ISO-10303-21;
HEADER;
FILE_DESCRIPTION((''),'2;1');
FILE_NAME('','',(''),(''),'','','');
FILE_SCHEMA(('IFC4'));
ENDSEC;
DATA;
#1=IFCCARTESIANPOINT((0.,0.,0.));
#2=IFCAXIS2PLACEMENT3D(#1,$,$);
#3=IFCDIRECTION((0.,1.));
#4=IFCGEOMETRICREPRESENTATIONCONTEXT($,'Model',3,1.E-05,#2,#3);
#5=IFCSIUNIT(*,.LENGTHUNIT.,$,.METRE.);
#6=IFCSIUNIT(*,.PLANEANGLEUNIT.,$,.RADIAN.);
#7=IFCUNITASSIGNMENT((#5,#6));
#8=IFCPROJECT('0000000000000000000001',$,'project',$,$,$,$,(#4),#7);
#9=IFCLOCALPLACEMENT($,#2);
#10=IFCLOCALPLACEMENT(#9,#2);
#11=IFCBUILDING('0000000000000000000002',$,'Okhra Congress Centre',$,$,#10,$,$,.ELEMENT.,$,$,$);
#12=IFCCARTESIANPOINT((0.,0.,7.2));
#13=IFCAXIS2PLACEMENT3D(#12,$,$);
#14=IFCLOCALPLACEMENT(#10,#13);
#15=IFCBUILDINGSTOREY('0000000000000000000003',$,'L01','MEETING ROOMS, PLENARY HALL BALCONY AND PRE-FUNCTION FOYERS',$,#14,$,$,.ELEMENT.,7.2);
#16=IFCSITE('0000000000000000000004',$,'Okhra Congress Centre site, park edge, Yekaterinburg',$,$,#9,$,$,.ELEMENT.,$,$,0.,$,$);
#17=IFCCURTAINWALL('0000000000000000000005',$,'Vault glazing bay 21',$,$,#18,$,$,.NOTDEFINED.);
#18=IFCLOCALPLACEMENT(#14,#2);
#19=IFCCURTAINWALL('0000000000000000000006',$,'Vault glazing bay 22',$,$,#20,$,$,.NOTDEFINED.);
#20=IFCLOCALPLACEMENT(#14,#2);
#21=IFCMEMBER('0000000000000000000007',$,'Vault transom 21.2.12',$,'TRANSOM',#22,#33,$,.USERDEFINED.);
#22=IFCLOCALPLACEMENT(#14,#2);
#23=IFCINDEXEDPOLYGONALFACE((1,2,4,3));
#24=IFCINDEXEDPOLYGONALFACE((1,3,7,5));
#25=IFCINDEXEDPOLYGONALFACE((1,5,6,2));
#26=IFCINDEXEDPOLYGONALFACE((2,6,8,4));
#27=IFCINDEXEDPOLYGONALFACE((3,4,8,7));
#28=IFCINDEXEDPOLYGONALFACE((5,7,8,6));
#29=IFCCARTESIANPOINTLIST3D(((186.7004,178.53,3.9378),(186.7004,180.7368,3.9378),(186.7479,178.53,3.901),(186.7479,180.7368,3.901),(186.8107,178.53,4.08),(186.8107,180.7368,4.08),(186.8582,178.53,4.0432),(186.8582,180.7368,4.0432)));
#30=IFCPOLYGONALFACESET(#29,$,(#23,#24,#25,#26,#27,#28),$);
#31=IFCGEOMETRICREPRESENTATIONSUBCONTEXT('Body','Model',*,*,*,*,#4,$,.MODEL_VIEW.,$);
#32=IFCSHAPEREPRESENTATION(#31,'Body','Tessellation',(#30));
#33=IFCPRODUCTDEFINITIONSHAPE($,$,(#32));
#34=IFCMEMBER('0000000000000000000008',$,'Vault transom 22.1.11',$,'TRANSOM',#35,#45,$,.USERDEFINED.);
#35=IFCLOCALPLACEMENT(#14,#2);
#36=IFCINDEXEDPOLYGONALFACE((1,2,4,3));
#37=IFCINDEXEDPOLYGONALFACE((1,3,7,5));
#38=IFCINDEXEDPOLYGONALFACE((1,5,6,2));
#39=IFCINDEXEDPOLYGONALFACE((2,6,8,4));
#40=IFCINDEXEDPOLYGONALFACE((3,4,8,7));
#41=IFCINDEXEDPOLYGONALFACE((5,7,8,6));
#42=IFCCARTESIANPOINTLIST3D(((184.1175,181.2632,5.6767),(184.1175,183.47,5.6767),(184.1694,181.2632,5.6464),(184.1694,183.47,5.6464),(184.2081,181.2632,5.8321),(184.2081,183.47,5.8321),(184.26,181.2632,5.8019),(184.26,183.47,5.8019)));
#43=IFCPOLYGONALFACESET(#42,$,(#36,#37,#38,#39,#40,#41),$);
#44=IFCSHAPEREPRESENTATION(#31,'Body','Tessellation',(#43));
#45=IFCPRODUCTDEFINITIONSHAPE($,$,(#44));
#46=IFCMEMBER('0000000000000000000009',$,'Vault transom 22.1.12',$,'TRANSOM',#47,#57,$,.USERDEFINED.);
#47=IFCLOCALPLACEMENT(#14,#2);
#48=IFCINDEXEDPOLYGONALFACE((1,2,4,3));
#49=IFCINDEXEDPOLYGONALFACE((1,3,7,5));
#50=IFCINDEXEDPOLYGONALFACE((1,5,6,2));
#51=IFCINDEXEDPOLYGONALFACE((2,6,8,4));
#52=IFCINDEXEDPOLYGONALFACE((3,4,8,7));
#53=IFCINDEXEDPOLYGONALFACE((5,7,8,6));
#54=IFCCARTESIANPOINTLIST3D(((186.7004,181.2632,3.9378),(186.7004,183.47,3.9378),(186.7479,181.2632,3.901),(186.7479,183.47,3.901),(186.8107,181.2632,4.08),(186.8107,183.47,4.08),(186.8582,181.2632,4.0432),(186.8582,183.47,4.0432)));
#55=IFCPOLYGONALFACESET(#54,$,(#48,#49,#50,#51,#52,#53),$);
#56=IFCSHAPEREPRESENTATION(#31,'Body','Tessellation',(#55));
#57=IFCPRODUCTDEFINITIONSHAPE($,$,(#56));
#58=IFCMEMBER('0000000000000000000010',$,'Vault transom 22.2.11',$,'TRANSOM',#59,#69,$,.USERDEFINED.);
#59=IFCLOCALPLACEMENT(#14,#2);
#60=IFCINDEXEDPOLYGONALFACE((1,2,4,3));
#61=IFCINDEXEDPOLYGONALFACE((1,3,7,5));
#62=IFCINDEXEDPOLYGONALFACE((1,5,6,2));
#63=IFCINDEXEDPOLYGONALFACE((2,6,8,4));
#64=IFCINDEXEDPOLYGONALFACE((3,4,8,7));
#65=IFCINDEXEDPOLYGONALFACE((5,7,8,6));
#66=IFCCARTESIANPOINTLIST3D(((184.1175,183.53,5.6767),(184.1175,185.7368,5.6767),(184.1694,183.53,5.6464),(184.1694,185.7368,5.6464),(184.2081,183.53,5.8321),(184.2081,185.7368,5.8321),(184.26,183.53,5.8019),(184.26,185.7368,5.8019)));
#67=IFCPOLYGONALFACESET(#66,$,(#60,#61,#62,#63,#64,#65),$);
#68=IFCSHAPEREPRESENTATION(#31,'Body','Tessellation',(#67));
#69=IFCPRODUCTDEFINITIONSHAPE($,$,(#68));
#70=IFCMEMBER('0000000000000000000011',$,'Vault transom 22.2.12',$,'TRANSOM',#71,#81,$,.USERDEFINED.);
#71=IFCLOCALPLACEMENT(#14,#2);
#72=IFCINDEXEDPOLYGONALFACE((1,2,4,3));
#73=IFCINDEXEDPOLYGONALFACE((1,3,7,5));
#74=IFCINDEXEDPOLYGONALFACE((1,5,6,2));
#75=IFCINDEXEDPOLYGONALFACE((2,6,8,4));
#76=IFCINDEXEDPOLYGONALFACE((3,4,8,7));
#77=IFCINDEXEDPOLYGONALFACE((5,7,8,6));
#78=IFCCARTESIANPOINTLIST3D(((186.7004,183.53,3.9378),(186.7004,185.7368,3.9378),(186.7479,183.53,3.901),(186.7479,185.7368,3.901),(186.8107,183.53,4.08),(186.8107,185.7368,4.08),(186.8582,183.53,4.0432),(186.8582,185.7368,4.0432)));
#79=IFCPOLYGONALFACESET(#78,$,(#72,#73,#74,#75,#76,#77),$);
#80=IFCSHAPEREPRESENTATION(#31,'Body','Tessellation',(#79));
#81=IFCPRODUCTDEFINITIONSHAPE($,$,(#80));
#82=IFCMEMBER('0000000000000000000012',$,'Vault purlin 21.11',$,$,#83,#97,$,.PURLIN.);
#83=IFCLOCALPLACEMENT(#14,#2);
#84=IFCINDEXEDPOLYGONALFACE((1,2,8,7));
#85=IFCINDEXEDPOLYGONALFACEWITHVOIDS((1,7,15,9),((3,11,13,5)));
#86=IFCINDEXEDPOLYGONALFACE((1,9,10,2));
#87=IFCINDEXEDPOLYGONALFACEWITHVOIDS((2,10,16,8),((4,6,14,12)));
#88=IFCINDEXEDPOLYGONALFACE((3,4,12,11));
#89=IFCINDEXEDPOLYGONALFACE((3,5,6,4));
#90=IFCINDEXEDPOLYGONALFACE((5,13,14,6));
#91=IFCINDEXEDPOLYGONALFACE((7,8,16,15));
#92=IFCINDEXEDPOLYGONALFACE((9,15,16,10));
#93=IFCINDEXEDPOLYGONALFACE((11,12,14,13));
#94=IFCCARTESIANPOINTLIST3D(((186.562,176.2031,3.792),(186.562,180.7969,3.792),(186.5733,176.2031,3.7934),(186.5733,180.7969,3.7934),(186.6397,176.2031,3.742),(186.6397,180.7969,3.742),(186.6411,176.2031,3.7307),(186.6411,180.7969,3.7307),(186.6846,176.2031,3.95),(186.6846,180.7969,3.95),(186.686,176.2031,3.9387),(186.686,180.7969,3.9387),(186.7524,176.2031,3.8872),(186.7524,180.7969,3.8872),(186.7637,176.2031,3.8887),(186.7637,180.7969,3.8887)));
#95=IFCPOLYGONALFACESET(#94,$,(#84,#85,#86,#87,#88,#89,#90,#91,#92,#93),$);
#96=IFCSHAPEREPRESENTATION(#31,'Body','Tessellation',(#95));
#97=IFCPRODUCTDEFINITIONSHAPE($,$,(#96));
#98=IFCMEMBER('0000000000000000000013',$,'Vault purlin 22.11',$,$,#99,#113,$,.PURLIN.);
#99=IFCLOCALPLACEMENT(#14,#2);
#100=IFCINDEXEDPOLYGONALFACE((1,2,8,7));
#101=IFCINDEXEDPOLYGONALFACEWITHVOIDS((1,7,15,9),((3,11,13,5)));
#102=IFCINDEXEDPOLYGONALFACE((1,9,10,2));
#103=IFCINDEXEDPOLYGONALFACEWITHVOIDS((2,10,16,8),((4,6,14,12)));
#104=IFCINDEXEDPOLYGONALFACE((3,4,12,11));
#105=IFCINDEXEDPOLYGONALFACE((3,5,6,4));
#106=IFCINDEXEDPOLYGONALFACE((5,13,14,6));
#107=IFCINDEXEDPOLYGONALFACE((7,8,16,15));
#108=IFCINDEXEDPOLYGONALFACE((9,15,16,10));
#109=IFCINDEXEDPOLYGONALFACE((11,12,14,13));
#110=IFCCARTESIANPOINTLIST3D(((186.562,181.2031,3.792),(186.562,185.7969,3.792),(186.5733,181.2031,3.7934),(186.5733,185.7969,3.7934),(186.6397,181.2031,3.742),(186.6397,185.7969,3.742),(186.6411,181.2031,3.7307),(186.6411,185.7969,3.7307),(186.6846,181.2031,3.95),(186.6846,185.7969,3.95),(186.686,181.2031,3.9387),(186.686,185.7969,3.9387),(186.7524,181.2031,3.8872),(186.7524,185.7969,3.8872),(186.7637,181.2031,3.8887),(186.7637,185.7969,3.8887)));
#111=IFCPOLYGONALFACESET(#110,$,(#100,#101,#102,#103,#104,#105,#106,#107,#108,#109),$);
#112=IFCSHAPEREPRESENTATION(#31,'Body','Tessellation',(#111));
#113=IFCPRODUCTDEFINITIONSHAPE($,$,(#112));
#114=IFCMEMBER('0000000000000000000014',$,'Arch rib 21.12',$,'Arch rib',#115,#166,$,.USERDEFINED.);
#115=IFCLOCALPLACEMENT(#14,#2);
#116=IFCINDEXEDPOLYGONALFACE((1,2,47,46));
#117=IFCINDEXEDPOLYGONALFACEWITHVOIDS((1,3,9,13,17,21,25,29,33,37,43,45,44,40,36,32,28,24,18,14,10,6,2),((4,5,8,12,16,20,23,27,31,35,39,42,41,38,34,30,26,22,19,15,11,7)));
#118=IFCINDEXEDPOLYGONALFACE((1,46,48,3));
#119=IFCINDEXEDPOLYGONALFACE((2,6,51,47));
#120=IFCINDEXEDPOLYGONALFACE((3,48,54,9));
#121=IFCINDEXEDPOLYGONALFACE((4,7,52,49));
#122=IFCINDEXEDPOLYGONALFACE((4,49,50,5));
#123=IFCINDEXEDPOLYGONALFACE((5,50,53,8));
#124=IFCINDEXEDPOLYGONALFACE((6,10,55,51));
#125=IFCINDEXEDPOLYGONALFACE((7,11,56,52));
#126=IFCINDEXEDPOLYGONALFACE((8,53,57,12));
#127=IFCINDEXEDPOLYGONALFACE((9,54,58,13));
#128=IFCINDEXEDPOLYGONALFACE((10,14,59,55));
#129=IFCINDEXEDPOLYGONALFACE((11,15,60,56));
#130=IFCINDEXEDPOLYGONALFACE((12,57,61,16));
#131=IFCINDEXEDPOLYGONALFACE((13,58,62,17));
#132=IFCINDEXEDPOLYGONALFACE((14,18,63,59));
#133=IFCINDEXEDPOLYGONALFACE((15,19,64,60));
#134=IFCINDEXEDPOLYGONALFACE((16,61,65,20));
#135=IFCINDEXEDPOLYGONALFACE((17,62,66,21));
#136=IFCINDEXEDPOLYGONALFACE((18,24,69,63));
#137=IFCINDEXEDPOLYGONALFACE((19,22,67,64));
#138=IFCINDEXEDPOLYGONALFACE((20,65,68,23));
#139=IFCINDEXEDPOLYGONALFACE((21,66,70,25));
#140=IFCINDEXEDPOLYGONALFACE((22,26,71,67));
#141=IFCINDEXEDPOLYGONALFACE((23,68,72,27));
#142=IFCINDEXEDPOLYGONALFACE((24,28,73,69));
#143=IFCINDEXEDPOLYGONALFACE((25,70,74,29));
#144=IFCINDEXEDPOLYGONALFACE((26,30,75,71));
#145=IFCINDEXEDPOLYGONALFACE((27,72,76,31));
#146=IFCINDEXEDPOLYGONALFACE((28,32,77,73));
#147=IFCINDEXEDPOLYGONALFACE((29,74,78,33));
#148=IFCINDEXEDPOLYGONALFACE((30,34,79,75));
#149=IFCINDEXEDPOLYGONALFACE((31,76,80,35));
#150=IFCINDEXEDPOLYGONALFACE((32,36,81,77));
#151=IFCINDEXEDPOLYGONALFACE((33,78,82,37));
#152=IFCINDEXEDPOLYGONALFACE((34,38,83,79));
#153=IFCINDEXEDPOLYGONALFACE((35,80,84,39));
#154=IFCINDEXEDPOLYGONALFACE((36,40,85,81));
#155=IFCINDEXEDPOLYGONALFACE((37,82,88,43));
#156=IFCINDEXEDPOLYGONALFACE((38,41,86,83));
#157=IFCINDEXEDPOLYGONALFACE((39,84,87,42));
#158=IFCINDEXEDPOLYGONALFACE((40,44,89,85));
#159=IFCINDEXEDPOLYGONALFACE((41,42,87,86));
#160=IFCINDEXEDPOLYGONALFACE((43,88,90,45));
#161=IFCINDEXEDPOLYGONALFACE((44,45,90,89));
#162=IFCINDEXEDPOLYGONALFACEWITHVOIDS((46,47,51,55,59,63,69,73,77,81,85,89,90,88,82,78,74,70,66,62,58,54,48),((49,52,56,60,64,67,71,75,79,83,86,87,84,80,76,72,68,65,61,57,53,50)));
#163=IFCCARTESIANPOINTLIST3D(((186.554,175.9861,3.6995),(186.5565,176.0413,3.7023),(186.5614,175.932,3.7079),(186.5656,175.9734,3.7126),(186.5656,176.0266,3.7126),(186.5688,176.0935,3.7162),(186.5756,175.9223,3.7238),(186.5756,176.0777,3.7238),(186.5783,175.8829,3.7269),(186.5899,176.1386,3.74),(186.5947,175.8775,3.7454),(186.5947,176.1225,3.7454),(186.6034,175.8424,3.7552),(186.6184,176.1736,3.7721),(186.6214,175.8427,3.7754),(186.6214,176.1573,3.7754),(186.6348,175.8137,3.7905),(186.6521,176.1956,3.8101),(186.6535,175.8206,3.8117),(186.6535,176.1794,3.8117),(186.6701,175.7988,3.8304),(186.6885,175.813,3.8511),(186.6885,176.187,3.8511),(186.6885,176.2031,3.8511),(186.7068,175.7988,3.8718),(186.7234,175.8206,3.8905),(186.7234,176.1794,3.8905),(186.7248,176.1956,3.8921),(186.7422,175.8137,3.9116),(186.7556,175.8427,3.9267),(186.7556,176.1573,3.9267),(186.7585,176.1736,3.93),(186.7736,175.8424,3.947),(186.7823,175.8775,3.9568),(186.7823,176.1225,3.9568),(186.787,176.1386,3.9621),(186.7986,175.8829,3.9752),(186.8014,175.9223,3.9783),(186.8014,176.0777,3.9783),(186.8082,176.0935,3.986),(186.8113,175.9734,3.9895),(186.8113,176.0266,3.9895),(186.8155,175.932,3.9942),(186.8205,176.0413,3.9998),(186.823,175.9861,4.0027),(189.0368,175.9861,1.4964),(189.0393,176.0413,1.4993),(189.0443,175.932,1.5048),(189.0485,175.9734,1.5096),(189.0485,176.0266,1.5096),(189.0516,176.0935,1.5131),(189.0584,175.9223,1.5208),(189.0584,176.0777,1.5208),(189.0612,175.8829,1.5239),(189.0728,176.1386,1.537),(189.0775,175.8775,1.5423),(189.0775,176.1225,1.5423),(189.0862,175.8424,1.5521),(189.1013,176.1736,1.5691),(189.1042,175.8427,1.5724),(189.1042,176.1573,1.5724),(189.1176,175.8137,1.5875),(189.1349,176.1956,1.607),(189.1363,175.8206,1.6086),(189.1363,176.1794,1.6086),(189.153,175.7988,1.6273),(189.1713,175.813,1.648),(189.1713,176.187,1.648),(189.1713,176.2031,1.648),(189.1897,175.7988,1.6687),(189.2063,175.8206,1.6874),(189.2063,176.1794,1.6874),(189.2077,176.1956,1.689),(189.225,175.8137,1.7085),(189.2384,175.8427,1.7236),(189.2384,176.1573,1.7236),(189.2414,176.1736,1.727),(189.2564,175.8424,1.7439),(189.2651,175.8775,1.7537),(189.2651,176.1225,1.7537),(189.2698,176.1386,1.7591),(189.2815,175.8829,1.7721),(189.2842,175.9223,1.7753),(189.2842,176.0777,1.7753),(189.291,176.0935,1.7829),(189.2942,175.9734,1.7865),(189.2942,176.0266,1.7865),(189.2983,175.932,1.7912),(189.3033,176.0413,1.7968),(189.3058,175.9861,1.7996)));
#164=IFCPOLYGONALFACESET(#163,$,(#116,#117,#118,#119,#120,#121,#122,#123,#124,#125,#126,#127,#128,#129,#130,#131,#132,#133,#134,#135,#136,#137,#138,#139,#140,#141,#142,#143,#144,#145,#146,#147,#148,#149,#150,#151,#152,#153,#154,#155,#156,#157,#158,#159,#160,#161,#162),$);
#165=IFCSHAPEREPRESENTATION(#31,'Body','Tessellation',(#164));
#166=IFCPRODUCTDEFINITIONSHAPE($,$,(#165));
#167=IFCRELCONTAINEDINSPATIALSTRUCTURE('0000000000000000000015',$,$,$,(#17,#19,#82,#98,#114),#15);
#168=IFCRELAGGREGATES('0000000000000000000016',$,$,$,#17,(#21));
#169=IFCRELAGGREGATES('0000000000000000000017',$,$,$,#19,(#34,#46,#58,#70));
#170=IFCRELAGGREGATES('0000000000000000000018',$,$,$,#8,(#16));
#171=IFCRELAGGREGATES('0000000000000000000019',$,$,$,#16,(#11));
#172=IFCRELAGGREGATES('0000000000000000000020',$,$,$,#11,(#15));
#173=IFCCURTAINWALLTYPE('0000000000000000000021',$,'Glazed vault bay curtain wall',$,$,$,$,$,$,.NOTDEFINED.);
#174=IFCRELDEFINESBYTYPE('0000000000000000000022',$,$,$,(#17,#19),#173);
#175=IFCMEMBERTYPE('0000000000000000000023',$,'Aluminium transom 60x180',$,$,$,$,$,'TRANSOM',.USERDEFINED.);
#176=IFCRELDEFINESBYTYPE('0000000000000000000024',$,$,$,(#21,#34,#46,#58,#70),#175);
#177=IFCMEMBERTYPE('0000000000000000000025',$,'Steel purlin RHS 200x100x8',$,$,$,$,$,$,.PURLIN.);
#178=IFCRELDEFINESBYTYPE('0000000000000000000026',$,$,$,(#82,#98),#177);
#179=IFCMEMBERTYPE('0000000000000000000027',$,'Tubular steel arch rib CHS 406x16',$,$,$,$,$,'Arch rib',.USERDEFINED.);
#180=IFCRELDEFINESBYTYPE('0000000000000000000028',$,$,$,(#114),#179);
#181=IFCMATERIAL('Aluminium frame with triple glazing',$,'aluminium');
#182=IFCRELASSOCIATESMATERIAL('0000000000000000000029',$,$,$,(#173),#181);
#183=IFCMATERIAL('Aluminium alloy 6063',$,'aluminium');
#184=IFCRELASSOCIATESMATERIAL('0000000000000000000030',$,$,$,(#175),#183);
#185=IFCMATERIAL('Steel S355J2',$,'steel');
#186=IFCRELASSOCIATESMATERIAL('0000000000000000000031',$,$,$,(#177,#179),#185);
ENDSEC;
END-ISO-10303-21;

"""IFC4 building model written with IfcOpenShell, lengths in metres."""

from ifc_helpers import new_model, si_unit, direction, frame, origin, origin_2d, place, context, subcontext, project, spatial, rectangle, hollow_rectangle, hollow_circle, extrude, material, material_profile, profile_set, type_object, element, aggregate, save


model = new_model("IFC4")

# Units and contexts
model_context = context("Model", 3, precision=1e-05, world=origin(), true_north=direction((0.0, 1.0)))
body_context = subcontext(model_context, "Body", "Model", "MODEL_VIEW")
ifc_project = project(units=[si_unit("LENGTHUNIT", "METRE"), si_unit("PLANEANGLEUNIT", "RADIAN")], contexts=[model_context])

# Site, building, storey
site_placement = place(None, origin())
site = spatial("IfcSite", under=ifc_project, at=site_placement, Name="Okhra Congress Centre site, park edge, Yekaterinburg", CompositionType="ELEMENT", RefElevation=0.0)
building_placement = place(site_placement, origin())
building = spatial("IfcBuilding", under=site, at=building_placement, Name="Okhra Congress Centre", CompositionType="ELEMENT")
storey_placement = place(building_placement, frame((0.0, 0.0, 7.2)))
storey = spatial("IfcBuildingStorey", under=building, at=storey_placement, Name="L01", Description="MEETING ROOMS, PLENARY HALL BALCONY AND PRE-FUNCTION FOYERS", CompositionType="ELEMENT", Elevation=7.2)

# Shared definitions
ifc_material_1 = material(Name="Aluminium frame with triple glazing", Category="aluminium")
curtain_wall_type = type_object("IfcCurtainWallType", Name="Glazed vault bay curtain wall", PredefinedType="NOTDEFINED", material=ifc_material_1)
ifc_material_2 = material(Name="Aluminium alloy 6063", Category="aluminium")

# Curtain walls
curtain_wall_1_placement = place(storey_placement, origin())
curtain_wall_1 = element("IfcCurtainWall", 1, at=curtain_wall_1_placement, inside=storey, type_object=curtain_wall_type, Name="Vault glazing bay 21", PredefinedType="NOTDEFINED")
curtain_wall_2_placement = place(storey_placement, origin())
curtain_wall_2 = element("IfcCurtainWall", 2, at=curtain_wall_2_placement, inside=storey, type_object=curtain_wall_type, Name="Vault glazing bay 22", PredefinedType="NOTDEFINED")

# Members
ifc_material_profile_1 = material_profile(ifc_material_2, rectangle(XDim=0.0601, YDim=0.1799, at=origin_2d()), Name="AL 60x180 transom")
ifc_profile_set_1 = profile_set([ifc_material_profile_1], Name="Aluminium alloy 6063")
member_type_1 = type_object("IfcMemberType", Name="Aluminium transom 60x180", ElementType="TRANSOM", PredefinedType="USERDEFINED", material=ifc_profile_set_1)
member_1_placement = place(storey_placement, frame((186.7793, 178.53, 3.9905), z_axis=(0.0, 1.0, 0.0), x_axis=(-0.790145, 0.0, 0.61292)))
member_1 = element("IfcMember", 3, at=member_1_placement, type_object=member_type_1, Name="Vault transom 21.2.12", ObjectType="TRANSOM", PredefinedType="USERDEFINED", context=body_context, shape_type="SweptSolid", body=[
    extrude(rectangle(XDim=0.0601, YDim=0.1799, at=origin_2d()), origin(), (0.0, 0.0, 1.0), 2.2068),
])
member_2_placement = place(storey_placement, frame((184.1887, 181.2632, 5.7393), z_axis=(0.0, 1.0, 0.0), x_axis=(-0.863917, 0.0, 0.503634)))
member_2 = element("IfcMember", 4, at=member_2_placement, type_object=member_type_1, Name="Vault transom 22.1.11", ObjectType="TRANSOM", PredefinedType="USERDEFINED", context=body_context, shape_type="SweptSolid", body=[
    extrude(rectangle(XDim=0.0601, YDim=0.1799, at=origin_2d()), origin(), (0.0, 0.0, 1.0), 2.2068),
])
member_3_placement = place(storey_placement, frame((186.7793, 181.2632, 3.9905), z_axis=(0.0, 1.0, 0.0), x_axis=(-0.790145, 0.0, 0.61292)))
member_3 = element("IfcMember", 5, at=member_3_placement, type_object=member_type_1, Name="Vault transom 22.1.12", ObjectType="TRANSOM", PredefinedType="USERDEFINED", context=body_context, shape_type="SweptSolid", body=[
    extrude(rectangle(XDim=0.0601, YDim=0.1799, at=origin_2d()), origin(), (0.0, 0.0, 1.0), 2.2068),
])
member_4_placement = place(storey_placement, frame((184.1887, 183.53, 5.7393), z_axis=(0.0, 1.0, 0.0), x_axis=(-0.863917, 0.0, 0.503634)))
member_4 = element("IfcMember", 6, at=member_4_placement, type_object=member_type_1, Name="Vault transom 22.2.11", ObjectType="TRANSOM", PredefinedType="USERDEFINED", context=body_context, shape_type="SweptSolid", body=[
    extrude(rectangle(XDim=0.0601, YDim=0.1799, at=origin_2d()), origin(), (0.0, 0.0, 1.0), 2.2068),
])
member_5_placement = place(storey_placement, frame((186.7793, 183.53, 3.9905), z_axis=(0.0, 1.0, 0.0), x_axis=(-0.790145, 0.0, 0.61292)))
member_5 = element("IfcMember", 7, at=member_5_placement, type_object=member_type_1, Name="Vault transom 22.2.12", ObjectType="TRANSOM", PredefinedType="USERDEFINED", context=body_context, shape_type="SweptSolid", body=[
    extrude(rectangle(XDim=0.0601, YDim=0.1799, at=origin_2d()), origin(), (0.0, 0.0, 1.0), 2.2068),
])

# Members
ifc_material_3 = material(Name="Steel S355J2", Category="steel")
ifc_material_profile_2 = material_profile(ifc_material_3, hollow_rectangle(XDim=0.1001, YDim=0.2, WallThickness=0.0081, at=origin_2d()), Name="RHS 200x100x8")
ifc_profile_set_2 = profile_set([ifc_material_profile_2], Name="Steel S355J2")
member_type_2 = type_object("IfcMemberType", Name="Steel purlin RHS 200x100x8", PredefinedType="PURLIN", material=ifc_profile_set_2)
for number, where, z_axis, x_axis, name in (
    (8, (186.6628, 176.2031, 3.8403), (0.0, 1.0, 0.0), (-0.790145, 0.0, 0.61292), "Vault purlin 21.11"),
    (9, (186.6628, 181.2031, 3.8403), (0.0, 1.0, 0.0), (-0.790145, 0.0, 0.61292), "Vault purlin 22.11"),
):
    element("IfcMember", number, at=place(storey_placement, frame(where, z_axis=z_axis, x_axis=x_axis)), inside=storey, type_object=member_type_2, Name=name, PredefinedType="PURLIN", context=body_context, shape_type="SweptSolid", body=[
        extrude(hollow_rectangle(XDim=0.1001, YDim=0.2, WallThickness=0.0081, at=origin_2d()), origin(), (0.0, 0.0, 1.0), 4.5938),
    ])
ifc_material_profile_3 = material_profile(ifc_material_3, hollow_circle(Radius=0.2031, WallThickness=0.0161, at=origin_2d()), Name="CHS 406.4x16")
ifc_profile_set_3 = profile_set([ifc_material_profile_3], Name="Steel S355J2")
member_type_3 = type_object("IfcMemberType", Name="Tubular steel arch rib CHS 406x16", ElementType="Arch rib", PredefinedType="USERDEFINED", material=ifc_profile_set_3)
for number, where, z_axis, x_axis, name in (
    (10, (186.6885, 176.0, 3.8511), (0.747993, 0.0, -0.663706), (0.0, 1.0, 0.0), "Arch rib 21.12"),
):
    element("IfcMember", number, at=place(storey_placement, frame(where, z_axis=z_axis, x_axis=x_axis)), inside=storey, type_object=member_type_3, Name=name, ObjectType="Arch rib", PredefinedType="USERDEFINED", context=body_context, shape_type="SweptSolid", body=[
        extrude(hollow_circle(Radius=0.2031, WallThickness=0.0161, at=origin_2d()), origin(), (0.0, 0.0, 1.0), 3.3193),
    ])

aggregate(curtain_wall_1, [member_1])
aggregate(curtain_wall_2, [member_2, member_3, member_4, member_5])

save(model, "model.ifc")
